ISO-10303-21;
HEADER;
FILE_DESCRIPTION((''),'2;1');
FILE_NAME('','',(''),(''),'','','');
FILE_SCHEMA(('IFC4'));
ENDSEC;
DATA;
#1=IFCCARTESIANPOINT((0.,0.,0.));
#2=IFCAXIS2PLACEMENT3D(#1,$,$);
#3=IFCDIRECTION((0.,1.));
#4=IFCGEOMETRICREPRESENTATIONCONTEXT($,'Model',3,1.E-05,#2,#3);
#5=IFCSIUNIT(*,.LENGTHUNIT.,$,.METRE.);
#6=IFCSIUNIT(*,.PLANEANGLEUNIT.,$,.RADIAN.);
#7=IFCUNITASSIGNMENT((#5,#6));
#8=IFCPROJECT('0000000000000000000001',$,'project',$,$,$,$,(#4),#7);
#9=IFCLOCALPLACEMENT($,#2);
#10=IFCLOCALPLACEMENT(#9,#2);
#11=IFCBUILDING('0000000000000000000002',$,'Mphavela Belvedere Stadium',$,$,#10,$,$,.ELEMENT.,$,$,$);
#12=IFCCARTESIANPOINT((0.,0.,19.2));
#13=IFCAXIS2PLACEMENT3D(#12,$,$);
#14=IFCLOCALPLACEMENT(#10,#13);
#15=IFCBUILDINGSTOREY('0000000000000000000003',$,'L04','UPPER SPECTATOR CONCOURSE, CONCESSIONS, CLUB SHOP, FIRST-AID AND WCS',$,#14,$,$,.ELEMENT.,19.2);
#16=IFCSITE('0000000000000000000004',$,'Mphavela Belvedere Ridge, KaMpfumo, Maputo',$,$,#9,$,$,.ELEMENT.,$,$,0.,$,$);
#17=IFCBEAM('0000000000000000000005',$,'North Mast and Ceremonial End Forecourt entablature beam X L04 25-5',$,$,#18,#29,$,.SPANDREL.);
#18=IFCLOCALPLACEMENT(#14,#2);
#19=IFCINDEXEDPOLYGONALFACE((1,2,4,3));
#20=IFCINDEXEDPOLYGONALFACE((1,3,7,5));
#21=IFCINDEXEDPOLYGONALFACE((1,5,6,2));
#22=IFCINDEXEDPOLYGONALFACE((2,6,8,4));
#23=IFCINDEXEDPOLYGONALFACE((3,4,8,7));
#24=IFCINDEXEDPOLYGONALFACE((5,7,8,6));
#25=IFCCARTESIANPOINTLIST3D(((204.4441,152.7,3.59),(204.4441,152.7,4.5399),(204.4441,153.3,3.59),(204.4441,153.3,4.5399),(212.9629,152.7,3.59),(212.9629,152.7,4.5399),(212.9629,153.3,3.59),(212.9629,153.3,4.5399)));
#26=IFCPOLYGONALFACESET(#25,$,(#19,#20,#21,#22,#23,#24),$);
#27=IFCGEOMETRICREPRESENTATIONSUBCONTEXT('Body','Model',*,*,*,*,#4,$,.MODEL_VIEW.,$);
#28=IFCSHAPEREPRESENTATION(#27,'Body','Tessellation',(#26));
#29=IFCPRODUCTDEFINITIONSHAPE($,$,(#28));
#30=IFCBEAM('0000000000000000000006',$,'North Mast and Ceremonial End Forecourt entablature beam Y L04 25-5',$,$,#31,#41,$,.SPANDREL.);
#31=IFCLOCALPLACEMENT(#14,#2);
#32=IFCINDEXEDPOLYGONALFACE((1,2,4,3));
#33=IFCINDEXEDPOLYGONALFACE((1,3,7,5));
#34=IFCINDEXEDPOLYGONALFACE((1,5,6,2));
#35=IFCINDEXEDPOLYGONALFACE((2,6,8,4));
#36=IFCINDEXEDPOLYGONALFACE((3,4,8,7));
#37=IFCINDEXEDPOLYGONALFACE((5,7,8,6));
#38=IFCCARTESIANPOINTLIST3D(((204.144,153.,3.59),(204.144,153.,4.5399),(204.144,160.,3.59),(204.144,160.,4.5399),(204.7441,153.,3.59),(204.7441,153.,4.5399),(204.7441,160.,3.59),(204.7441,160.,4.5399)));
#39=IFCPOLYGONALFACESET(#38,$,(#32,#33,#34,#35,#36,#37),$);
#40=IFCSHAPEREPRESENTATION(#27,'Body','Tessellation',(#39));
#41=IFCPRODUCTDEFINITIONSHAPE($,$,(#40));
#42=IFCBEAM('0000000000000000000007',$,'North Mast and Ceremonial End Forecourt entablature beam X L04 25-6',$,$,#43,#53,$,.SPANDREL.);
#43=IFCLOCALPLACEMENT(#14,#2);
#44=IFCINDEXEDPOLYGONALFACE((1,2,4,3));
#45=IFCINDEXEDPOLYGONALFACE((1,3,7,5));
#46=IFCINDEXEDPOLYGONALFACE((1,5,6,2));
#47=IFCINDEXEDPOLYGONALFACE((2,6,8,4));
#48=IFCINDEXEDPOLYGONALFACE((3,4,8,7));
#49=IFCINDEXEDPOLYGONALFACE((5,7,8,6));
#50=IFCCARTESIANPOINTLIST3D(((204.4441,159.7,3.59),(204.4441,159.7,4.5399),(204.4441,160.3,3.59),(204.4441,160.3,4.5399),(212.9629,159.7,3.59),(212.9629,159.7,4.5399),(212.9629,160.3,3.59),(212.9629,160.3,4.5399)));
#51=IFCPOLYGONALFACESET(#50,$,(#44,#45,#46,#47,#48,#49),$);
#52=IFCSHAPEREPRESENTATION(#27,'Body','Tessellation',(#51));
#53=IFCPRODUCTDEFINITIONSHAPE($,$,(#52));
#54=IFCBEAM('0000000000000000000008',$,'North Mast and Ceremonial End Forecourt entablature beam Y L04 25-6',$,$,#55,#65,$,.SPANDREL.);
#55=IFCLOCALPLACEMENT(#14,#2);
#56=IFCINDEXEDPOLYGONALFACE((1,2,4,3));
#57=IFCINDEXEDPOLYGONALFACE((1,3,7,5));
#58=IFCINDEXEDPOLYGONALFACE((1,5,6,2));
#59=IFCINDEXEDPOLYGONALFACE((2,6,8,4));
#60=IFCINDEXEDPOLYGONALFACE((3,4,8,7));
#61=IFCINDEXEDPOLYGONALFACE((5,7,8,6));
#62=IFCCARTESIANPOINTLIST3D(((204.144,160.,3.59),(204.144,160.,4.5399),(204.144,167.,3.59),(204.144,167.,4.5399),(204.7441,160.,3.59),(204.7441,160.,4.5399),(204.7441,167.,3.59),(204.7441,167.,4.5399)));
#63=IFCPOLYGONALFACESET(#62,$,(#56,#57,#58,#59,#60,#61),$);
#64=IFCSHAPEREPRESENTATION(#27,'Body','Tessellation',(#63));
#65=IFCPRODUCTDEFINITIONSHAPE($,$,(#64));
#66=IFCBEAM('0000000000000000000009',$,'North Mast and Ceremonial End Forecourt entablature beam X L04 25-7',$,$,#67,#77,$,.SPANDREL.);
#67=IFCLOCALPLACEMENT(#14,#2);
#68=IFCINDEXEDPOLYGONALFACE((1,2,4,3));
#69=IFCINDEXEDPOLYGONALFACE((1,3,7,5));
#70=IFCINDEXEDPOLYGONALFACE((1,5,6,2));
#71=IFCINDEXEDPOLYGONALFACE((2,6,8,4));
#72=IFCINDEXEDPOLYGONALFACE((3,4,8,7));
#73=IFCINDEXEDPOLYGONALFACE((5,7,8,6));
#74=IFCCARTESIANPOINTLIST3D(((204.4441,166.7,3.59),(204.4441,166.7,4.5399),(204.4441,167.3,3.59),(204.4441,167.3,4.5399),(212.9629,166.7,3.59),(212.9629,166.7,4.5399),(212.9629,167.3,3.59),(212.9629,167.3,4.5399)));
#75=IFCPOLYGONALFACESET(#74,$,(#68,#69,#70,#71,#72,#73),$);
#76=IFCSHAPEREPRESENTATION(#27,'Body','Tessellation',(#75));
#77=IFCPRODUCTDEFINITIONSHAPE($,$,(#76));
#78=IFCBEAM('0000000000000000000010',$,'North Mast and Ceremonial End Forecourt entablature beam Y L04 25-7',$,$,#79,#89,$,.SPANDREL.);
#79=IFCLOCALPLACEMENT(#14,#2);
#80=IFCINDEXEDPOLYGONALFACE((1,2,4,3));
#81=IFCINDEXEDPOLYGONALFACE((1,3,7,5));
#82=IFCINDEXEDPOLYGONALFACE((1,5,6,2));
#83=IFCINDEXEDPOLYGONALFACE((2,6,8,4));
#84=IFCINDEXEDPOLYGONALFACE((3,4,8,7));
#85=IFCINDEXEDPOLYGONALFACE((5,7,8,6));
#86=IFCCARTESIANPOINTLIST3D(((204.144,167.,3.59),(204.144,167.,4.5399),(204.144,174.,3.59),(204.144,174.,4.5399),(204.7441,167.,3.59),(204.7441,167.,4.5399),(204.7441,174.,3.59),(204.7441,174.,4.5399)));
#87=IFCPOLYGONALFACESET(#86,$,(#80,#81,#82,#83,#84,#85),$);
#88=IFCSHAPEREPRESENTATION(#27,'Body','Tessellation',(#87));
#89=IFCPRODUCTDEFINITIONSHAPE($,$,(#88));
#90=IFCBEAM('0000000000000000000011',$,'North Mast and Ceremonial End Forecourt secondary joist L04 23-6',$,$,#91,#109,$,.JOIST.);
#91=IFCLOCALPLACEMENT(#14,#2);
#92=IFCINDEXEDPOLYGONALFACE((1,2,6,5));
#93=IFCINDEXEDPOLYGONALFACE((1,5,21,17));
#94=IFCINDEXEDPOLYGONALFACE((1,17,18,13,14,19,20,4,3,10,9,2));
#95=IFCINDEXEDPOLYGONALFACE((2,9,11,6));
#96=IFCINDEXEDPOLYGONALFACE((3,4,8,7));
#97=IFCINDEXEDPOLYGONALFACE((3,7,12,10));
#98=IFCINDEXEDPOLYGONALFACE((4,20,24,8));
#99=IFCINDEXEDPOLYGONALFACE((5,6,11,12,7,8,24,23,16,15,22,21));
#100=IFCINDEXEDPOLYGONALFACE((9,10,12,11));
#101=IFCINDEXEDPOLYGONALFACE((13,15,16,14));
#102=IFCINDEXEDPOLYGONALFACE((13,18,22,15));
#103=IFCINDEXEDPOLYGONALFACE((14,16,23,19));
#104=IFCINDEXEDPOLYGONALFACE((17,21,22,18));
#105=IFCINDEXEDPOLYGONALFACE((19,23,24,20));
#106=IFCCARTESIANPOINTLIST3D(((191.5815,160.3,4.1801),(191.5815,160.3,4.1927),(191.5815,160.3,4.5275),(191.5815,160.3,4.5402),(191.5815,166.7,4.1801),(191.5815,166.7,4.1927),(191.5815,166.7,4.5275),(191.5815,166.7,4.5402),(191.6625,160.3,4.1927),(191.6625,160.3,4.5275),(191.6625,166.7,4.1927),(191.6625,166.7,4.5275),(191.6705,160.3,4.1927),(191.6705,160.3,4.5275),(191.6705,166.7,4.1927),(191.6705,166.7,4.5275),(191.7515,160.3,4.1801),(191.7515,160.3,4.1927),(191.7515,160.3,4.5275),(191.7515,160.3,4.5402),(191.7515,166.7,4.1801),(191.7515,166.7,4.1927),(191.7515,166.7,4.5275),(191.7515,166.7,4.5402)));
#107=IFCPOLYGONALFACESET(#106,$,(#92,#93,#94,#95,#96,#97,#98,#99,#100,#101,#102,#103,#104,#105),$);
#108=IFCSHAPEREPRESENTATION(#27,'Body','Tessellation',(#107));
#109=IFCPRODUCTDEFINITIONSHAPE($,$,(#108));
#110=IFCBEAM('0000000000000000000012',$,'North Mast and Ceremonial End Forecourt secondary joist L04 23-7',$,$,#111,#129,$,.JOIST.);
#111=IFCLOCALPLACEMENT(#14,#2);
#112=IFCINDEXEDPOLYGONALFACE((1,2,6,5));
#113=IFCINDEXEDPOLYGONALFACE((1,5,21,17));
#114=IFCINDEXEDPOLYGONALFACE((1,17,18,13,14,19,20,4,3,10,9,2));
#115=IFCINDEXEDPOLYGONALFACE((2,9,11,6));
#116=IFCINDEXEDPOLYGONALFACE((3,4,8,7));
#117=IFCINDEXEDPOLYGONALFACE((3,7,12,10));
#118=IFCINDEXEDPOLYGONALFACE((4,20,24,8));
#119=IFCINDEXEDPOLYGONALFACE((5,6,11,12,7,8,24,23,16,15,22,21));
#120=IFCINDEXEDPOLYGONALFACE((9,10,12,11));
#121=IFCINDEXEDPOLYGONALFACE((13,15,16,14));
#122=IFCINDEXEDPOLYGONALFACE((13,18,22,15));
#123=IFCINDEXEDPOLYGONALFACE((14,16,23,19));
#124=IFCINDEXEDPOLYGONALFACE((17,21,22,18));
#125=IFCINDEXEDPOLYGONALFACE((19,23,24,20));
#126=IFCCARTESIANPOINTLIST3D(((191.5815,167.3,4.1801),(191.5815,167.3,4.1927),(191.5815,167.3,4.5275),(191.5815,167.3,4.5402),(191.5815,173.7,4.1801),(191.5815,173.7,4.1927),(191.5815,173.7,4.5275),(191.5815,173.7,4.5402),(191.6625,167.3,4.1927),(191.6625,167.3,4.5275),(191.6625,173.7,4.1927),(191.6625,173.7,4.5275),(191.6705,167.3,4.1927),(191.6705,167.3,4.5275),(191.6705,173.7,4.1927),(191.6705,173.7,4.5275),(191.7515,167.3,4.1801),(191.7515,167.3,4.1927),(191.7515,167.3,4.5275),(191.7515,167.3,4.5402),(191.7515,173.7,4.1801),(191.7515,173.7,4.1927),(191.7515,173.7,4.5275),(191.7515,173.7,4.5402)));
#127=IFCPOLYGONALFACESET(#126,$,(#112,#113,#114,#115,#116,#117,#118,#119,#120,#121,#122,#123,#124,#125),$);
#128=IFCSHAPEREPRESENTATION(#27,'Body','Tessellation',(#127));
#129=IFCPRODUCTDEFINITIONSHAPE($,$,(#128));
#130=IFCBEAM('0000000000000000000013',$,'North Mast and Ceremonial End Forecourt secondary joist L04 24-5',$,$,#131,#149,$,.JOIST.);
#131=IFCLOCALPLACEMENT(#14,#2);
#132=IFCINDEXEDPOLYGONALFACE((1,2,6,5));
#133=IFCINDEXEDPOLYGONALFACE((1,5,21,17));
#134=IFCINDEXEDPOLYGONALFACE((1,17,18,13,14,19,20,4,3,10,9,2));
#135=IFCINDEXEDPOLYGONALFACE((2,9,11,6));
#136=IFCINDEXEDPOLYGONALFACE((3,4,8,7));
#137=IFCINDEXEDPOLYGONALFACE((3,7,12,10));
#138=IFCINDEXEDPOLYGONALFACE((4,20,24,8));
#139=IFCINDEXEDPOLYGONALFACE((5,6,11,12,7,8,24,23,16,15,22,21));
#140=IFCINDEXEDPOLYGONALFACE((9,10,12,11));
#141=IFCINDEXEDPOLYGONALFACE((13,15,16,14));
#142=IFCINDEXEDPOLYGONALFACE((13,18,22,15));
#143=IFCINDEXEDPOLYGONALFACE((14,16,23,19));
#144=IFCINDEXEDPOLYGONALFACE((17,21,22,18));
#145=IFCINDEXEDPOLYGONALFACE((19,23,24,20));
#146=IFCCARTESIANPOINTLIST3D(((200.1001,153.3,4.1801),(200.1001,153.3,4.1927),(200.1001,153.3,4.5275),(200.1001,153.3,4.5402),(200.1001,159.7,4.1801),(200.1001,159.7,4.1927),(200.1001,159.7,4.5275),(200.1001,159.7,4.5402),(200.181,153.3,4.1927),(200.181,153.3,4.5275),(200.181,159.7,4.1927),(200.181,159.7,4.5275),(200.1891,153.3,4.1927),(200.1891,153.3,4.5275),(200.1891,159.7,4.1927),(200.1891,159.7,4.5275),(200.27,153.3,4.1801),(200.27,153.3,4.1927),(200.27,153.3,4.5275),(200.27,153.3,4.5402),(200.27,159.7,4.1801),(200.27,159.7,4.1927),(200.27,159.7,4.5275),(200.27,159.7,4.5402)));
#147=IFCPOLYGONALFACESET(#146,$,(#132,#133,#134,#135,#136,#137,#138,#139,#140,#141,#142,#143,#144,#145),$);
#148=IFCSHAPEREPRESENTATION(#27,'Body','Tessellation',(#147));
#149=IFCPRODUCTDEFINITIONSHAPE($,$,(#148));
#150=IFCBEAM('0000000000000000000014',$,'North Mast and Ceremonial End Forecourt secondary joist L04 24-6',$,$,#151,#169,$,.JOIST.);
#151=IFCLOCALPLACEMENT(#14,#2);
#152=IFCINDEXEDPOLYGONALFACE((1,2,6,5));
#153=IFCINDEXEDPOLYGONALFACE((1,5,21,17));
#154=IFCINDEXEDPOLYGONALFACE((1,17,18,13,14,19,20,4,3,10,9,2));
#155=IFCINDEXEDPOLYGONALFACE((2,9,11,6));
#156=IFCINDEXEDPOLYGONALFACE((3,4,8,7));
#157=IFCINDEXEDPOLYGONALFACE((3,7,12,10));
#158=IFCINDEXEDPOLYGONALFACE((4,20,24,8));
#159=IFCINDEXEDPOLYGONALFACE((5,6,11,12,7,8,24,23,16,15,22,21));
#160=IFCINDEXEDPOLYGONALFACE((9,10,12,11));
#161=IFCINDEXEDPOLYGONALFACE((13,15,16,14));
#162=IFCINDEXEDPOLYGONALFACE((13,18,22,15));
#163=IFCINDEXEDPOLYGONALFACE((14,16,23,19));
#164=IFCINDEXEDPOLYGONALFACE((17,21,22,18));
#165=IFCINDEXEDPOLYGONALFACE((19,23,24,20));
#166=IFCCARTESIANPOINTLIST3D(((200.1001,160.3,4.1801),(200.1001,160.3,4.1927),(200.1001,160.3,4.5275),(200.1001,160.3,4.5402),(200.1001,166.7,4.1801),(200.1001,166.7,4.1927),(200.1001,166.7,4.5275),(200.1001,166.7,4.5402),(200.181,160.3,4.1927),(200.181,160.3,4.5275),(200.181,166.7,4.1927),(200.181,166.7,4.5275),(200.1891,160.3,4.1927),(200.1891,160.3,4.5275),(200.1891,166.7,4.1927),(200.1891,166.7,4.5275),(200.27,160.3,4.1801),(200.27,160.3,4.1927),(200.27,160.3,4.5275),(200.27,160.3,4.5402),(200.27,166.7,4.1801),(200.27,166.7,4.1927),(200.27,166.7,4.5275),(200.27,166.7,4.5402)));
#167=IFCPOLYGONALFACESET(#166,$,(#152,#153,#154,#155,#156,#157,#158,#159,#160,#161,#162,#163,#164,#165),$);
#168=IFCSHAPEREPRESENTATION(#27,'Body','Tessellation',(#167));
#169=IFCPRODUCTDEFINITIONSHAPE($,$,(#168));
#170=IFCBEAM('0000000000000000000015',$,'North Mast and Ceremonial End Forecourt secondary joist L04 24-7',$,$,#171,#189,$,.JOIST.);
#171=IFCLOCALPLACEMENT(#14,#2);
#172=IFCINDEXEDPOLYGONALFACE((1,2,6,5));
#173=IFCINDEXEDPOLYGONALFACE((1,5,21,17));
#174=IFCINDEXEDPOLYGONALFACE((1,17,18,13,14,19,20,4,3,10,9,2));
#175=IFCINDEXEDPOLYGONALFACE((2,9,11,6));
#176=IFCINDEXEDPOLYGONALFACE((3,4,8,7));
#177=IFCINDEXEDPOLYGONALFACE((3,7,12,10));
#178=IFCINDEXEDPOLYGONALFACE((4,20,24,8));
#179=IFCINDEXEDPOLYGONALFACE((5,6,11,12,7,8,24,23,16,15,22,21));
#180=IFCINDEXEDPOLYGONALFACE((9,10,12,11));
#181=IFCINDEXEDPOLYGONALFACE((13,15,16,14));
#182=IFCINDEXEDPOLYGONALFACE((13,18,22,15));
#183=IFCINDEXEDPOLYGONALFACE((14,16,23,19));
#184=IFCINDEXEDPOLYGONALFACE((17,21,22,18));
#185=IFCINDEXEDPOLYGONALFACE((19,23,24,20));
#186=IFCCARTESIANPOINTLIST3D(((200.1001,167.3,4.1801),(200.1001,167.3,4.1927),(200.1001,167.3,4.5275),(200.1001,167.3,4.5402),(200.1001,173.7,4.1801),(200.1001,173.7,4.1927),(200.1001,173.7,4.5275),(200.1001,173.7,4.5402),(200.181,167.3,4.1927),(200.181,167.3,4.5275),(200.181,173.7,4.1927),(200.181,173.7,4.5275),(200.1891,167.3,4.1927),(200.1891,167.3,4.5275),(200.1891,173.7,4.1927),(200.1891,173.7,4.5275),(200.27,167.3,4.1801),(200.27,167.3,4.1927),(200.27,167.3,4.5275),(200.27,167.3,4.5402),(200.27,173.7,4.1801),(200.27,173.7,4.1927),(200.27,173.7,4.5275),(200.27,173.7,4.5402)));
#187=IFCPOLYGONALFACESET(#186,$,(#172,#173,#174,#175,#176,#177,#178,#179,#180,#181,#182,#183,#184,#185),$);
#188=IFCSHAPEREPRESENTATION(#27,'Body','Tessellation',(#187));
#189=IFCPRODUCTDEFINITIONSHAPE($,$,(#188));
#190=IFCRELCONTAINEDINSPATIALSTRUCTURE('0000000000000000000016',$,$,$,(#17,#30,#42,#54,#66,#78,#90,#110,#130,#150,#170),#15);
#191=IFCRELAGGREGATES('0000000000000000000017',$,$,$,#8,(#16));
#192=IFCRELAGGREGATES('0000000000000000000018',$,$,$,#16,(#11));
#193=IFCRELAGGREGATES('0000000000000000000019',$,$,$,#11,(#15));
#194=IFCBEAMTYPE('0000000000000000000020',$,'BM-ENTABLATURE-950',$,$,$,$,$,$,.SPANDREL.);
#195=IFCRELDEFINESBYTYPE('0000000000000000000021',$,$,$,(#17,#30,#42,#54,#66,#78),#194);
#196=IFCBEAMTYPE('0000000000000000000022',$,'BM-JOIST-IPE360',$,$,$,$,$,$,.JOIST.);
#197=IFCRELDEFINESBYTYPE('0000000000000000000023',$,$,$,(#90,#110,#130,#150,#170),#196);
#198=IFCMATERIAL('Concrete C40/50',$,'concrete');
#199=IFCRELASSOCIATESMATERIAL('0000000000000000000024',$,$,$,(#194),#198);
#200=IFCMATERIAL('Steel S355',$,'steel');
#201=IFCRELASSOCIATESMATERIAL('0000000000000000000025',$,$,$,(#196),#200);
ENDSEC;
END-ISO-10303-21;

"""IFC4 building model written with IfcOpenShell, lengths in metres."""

from ifc_helpers import new_model, si_unit, direction, frame, origin, origin_2d, place, context, subcontext, project, spatial, rectangle, i_section, extrude, material, material_profile, profile_set, type_object, element, save


model = new_model("IFC4")

# Units and contexts
model_context = context("Model", 3, precision=1e-05, world=origin(), true_north=direction((0.0, 1.0)))
body_context = subcontext(model_context, "Body", "Model", "MODEL_VIEW")
ifc_project = project(units=[si_unit("LENGTHUNIT", "METRE"), si_unit("PLANEANGLEUNIT", "RADIAN")], contexts=[model_context])

# Site, building, storey
site_placement = place(None, origin())
site = spatial("IfcSite", under=ifc_project, at=site_placement, Name="Mphavela Belvedere Ridge, KaMpfumo, Maputo", CompositionType="ELEMENT", RefElevation=0.0)
building_placement = place(site_placement, origin())
building = spatial("IfcBuilding", under=site, at=building_placement, Name="Mphavela Belvedere Stadium", CompositionType="ELEMENT")
storey_placement = place(building_placement, frame((0.0, 0.0, 19.2)))
storey = spatial("IfcBuildingStorey", under=building, at=storey_placement, Name="L04", Description="UPPER SPECTATOR CONCOURSE, CONCESSIONS, CLUB SHOP, FIRST-AID AND WCS", CompositionType="ELEMENT", Elevation=19.2)

# Beams
ifc_material_1 = material(Name="Concrete C40/50", Category="concrete")
ifc_material_profile_1 = material_profile(ifc_material_1, rectangle(XDim=0.6001, YDim=0.95, at=origin_2d()), Name="RC 600x950")
ifc_profile_set_1 = profile_set([ifc_material_profile_1], Name="Concrete C40/50")
beam_type_1 = type_object("IfcBeamType", Name="BM-ENTABLATURE-950", PredefinedType="SPANDREL", material=ifc_profile_set_1)
beam_1_placement = place(storey_placement, frame((204.4441, 153.0, 4.0649), z_axis=(1.0, 0.0, 0.0), x_axis=(0.0, 1.0, 0.0)))
element("IfcBeam", 1, at=beam_1_placement, inside=storey, type_object=beam_type_1, Name="North Mast and Ceremonial End Forecourt entablature beam X L04 25-5", PredefinedType="SPANDREL", context=body_context, shape_type="SweptSolid", body=[
    extrude(rectangle(XDim=0.6001, YDim=0.95, at=origin_2d()), origin(), (0.0, 0.0, 1.0), 8.5188),
])
beam_2_placement = place(storey_placement, frame((204.4441, 153.0, 4.0649), z_axis=(0.0, 1.0, 0.0), x_axis=(-1.0, 0.0, 0.0)))
element("IfcBeam", 2, at=beam_2_placement, inside=storey, type_object=beam_type_1, Name="North Mast and Ceremonial End Forecourt entablature beam Y L04 25-5", PredefinedType="SPANDREL", context=body_context, shape_type="SweptSolid", body=[
    extrude(rectangle(XDim=0.6001, YDim=0.95, at=origin_2d()), origin(), (0.0, 0.0, 1.0), 7.0),
])
beam_3_placement = place(storey_placement, frame((204.4441, 160.0, 4.0649), z_axis=(1.0, 0.0, 0.0), x_axis=(0.0, 1.0, 0.0)))
element("IfcBeam", 3, at=beam_3_placement, inside=storey, type_object=beam_type_1, Name="North Mast and Ceremonial End Forecourt entablature beam X L04 25-6", PredefinedType="SPANDREL", context=body_context, shape_type="SweptSolid", body=[
    extrude(rectangle(XDim=0.6001, YDim=0.95, at=origin_2d()), origin(), (0.0, 0.0, 1.0), 8.5188),
])
beam_4_placement = place(storey_placement, frame((204.4441, 160.0, 4.0649), z_axis=(0.0, 1.0, 0.0), x_axis=(-1.0, 0.0, 0.0)))
element("IfcBeam", 4, at=beam_4_placement, inside=storey, type_object=beam_type_1, Name="North Mast and Ceremonial End Forecourt entablature beam Y L04 25-6", PredefinedType="SPANDREL", context=body_context, shape_type="SweptSolid", body=[
    extrude(rectangle(XDim=0.6001, YDim=0.95, at=origin_2d()), origin(), (0.0, 0.0, 1.0), 7.0),
])
beam_5_placement = place(storey_placement, frame((204.4441, 167.0, 4.0649), z_axis=(1.0, 0.0, 0.0), x_axis=(0.0, 1.0, 0.0)))
element("IfcBeam", 5, at=beam_5_placement, inside=storey, type_object=beam_type_1, Name="North Mast and Ceremonial End Forecourt entablature beam X L04 25-7", PredefinedType="SPANDREL", context=body_context, shape_type="SweptSolid", body=[
    extrude(rectangle(XDim=0.6001, YDim=0.95, at=origin_2d()), origin(), (0.0, 0.0, 1.0), 8.5188),
])
beam_6_placement = place(storey_placement, frame((204.4441, 167.0, 4.0649), z_axis=(0.0, 1.0, 0.0), x_axis=(-1.0, 0.0, 0.0)))
element("IfcBeam", 6, at=beam_6_placement, inside=storey, type_object=beam_type_1, Name="North Mast and Ceremonial End Forecourt entablature beam Y L04 25-7", PredefinedType="SPANDREL", context=body_context, shape_type="SweptSolid", body=[
    extrude(rectangle(XDim=0.6001, YDim=0.95, at=origin_2d()), origin(), (0.0, 0.0, 1.0), 7.0),
])
ifc_material_2 = material(Name="Steel S355", Category="steel")
ifc_material_profile_2 = material_profile(ifc_material_2, i_section(OverallWidth=0.1699, OverallDepth=0.3601, WebThickness=0.0081, FlangeThickness=0.0127, at=origin_2d()), Name="IPE 360")
ifc_profile_set_2 = profile_set([ifc_material_profile_2], Name="Steel S355")
beam_type_2 = type_object("IfcBeamType", Name="BM-JOIST-IPE360", PredefinedType="JOIST", material=ifc_profile_set_2)
for number, where, z_axis, x_axis, name in (
    (7, (191.6665, 160.3, 4.3601), (0.0, 1.0, 0.0), (-1.0, 0.0, 0.0), "North Mast and Ceremonial End Forecourt secondary joist L04 23-6"),
    (8, (191.6665, 167.3, 4.3601), (0.0, 1.0, 0.0), (-1.0, 0.0, 0.0), "North Mast and Ceremonial End Forecourt secondary joist L04 23-7"),
    (9, (200.1851, 153.3, 4.3601), (0.0, 1.0, 0.0), (-1.0, 0.0, 0.0), "North Mast and Ceremonial End Forecourt secondary joist L04 24-5"),
    (10, (200.1851, 160.3, 4.3601), (0.0, 1.0, 0.0), (-1.0, 0.0, 0.0), "North Mast and Ceremonial End Forecourt secondary joist L04 24-6"),
    (11, (200.1851, 167.3, 4.3601), (0.0, 1.0, 0.0), (-1.0, 0.0, 0.0), "North Mast and Ceremonial End Forecourt secondary joist L04 24-7"),
):
    element("IfcBeam", number, at=place(storey_placement, frame(where, z_axis=z_axis, x_axis=x_axis)), inside=storey, type_object=beam_type_2, Name=name, PredefinedType="JOIST", context=body_context, shape_type="SweptSolid", body=[
        extrude(i_section(OverallWidth=0.1699, OverallDepth=0.3601, WebThickness=0.0081, FlangeThickness=0.0127, at=origin_2d()), origin(), (0.0, 0.0, 1.0), 6.3999),
    ])

save(model, "model.ifc")
